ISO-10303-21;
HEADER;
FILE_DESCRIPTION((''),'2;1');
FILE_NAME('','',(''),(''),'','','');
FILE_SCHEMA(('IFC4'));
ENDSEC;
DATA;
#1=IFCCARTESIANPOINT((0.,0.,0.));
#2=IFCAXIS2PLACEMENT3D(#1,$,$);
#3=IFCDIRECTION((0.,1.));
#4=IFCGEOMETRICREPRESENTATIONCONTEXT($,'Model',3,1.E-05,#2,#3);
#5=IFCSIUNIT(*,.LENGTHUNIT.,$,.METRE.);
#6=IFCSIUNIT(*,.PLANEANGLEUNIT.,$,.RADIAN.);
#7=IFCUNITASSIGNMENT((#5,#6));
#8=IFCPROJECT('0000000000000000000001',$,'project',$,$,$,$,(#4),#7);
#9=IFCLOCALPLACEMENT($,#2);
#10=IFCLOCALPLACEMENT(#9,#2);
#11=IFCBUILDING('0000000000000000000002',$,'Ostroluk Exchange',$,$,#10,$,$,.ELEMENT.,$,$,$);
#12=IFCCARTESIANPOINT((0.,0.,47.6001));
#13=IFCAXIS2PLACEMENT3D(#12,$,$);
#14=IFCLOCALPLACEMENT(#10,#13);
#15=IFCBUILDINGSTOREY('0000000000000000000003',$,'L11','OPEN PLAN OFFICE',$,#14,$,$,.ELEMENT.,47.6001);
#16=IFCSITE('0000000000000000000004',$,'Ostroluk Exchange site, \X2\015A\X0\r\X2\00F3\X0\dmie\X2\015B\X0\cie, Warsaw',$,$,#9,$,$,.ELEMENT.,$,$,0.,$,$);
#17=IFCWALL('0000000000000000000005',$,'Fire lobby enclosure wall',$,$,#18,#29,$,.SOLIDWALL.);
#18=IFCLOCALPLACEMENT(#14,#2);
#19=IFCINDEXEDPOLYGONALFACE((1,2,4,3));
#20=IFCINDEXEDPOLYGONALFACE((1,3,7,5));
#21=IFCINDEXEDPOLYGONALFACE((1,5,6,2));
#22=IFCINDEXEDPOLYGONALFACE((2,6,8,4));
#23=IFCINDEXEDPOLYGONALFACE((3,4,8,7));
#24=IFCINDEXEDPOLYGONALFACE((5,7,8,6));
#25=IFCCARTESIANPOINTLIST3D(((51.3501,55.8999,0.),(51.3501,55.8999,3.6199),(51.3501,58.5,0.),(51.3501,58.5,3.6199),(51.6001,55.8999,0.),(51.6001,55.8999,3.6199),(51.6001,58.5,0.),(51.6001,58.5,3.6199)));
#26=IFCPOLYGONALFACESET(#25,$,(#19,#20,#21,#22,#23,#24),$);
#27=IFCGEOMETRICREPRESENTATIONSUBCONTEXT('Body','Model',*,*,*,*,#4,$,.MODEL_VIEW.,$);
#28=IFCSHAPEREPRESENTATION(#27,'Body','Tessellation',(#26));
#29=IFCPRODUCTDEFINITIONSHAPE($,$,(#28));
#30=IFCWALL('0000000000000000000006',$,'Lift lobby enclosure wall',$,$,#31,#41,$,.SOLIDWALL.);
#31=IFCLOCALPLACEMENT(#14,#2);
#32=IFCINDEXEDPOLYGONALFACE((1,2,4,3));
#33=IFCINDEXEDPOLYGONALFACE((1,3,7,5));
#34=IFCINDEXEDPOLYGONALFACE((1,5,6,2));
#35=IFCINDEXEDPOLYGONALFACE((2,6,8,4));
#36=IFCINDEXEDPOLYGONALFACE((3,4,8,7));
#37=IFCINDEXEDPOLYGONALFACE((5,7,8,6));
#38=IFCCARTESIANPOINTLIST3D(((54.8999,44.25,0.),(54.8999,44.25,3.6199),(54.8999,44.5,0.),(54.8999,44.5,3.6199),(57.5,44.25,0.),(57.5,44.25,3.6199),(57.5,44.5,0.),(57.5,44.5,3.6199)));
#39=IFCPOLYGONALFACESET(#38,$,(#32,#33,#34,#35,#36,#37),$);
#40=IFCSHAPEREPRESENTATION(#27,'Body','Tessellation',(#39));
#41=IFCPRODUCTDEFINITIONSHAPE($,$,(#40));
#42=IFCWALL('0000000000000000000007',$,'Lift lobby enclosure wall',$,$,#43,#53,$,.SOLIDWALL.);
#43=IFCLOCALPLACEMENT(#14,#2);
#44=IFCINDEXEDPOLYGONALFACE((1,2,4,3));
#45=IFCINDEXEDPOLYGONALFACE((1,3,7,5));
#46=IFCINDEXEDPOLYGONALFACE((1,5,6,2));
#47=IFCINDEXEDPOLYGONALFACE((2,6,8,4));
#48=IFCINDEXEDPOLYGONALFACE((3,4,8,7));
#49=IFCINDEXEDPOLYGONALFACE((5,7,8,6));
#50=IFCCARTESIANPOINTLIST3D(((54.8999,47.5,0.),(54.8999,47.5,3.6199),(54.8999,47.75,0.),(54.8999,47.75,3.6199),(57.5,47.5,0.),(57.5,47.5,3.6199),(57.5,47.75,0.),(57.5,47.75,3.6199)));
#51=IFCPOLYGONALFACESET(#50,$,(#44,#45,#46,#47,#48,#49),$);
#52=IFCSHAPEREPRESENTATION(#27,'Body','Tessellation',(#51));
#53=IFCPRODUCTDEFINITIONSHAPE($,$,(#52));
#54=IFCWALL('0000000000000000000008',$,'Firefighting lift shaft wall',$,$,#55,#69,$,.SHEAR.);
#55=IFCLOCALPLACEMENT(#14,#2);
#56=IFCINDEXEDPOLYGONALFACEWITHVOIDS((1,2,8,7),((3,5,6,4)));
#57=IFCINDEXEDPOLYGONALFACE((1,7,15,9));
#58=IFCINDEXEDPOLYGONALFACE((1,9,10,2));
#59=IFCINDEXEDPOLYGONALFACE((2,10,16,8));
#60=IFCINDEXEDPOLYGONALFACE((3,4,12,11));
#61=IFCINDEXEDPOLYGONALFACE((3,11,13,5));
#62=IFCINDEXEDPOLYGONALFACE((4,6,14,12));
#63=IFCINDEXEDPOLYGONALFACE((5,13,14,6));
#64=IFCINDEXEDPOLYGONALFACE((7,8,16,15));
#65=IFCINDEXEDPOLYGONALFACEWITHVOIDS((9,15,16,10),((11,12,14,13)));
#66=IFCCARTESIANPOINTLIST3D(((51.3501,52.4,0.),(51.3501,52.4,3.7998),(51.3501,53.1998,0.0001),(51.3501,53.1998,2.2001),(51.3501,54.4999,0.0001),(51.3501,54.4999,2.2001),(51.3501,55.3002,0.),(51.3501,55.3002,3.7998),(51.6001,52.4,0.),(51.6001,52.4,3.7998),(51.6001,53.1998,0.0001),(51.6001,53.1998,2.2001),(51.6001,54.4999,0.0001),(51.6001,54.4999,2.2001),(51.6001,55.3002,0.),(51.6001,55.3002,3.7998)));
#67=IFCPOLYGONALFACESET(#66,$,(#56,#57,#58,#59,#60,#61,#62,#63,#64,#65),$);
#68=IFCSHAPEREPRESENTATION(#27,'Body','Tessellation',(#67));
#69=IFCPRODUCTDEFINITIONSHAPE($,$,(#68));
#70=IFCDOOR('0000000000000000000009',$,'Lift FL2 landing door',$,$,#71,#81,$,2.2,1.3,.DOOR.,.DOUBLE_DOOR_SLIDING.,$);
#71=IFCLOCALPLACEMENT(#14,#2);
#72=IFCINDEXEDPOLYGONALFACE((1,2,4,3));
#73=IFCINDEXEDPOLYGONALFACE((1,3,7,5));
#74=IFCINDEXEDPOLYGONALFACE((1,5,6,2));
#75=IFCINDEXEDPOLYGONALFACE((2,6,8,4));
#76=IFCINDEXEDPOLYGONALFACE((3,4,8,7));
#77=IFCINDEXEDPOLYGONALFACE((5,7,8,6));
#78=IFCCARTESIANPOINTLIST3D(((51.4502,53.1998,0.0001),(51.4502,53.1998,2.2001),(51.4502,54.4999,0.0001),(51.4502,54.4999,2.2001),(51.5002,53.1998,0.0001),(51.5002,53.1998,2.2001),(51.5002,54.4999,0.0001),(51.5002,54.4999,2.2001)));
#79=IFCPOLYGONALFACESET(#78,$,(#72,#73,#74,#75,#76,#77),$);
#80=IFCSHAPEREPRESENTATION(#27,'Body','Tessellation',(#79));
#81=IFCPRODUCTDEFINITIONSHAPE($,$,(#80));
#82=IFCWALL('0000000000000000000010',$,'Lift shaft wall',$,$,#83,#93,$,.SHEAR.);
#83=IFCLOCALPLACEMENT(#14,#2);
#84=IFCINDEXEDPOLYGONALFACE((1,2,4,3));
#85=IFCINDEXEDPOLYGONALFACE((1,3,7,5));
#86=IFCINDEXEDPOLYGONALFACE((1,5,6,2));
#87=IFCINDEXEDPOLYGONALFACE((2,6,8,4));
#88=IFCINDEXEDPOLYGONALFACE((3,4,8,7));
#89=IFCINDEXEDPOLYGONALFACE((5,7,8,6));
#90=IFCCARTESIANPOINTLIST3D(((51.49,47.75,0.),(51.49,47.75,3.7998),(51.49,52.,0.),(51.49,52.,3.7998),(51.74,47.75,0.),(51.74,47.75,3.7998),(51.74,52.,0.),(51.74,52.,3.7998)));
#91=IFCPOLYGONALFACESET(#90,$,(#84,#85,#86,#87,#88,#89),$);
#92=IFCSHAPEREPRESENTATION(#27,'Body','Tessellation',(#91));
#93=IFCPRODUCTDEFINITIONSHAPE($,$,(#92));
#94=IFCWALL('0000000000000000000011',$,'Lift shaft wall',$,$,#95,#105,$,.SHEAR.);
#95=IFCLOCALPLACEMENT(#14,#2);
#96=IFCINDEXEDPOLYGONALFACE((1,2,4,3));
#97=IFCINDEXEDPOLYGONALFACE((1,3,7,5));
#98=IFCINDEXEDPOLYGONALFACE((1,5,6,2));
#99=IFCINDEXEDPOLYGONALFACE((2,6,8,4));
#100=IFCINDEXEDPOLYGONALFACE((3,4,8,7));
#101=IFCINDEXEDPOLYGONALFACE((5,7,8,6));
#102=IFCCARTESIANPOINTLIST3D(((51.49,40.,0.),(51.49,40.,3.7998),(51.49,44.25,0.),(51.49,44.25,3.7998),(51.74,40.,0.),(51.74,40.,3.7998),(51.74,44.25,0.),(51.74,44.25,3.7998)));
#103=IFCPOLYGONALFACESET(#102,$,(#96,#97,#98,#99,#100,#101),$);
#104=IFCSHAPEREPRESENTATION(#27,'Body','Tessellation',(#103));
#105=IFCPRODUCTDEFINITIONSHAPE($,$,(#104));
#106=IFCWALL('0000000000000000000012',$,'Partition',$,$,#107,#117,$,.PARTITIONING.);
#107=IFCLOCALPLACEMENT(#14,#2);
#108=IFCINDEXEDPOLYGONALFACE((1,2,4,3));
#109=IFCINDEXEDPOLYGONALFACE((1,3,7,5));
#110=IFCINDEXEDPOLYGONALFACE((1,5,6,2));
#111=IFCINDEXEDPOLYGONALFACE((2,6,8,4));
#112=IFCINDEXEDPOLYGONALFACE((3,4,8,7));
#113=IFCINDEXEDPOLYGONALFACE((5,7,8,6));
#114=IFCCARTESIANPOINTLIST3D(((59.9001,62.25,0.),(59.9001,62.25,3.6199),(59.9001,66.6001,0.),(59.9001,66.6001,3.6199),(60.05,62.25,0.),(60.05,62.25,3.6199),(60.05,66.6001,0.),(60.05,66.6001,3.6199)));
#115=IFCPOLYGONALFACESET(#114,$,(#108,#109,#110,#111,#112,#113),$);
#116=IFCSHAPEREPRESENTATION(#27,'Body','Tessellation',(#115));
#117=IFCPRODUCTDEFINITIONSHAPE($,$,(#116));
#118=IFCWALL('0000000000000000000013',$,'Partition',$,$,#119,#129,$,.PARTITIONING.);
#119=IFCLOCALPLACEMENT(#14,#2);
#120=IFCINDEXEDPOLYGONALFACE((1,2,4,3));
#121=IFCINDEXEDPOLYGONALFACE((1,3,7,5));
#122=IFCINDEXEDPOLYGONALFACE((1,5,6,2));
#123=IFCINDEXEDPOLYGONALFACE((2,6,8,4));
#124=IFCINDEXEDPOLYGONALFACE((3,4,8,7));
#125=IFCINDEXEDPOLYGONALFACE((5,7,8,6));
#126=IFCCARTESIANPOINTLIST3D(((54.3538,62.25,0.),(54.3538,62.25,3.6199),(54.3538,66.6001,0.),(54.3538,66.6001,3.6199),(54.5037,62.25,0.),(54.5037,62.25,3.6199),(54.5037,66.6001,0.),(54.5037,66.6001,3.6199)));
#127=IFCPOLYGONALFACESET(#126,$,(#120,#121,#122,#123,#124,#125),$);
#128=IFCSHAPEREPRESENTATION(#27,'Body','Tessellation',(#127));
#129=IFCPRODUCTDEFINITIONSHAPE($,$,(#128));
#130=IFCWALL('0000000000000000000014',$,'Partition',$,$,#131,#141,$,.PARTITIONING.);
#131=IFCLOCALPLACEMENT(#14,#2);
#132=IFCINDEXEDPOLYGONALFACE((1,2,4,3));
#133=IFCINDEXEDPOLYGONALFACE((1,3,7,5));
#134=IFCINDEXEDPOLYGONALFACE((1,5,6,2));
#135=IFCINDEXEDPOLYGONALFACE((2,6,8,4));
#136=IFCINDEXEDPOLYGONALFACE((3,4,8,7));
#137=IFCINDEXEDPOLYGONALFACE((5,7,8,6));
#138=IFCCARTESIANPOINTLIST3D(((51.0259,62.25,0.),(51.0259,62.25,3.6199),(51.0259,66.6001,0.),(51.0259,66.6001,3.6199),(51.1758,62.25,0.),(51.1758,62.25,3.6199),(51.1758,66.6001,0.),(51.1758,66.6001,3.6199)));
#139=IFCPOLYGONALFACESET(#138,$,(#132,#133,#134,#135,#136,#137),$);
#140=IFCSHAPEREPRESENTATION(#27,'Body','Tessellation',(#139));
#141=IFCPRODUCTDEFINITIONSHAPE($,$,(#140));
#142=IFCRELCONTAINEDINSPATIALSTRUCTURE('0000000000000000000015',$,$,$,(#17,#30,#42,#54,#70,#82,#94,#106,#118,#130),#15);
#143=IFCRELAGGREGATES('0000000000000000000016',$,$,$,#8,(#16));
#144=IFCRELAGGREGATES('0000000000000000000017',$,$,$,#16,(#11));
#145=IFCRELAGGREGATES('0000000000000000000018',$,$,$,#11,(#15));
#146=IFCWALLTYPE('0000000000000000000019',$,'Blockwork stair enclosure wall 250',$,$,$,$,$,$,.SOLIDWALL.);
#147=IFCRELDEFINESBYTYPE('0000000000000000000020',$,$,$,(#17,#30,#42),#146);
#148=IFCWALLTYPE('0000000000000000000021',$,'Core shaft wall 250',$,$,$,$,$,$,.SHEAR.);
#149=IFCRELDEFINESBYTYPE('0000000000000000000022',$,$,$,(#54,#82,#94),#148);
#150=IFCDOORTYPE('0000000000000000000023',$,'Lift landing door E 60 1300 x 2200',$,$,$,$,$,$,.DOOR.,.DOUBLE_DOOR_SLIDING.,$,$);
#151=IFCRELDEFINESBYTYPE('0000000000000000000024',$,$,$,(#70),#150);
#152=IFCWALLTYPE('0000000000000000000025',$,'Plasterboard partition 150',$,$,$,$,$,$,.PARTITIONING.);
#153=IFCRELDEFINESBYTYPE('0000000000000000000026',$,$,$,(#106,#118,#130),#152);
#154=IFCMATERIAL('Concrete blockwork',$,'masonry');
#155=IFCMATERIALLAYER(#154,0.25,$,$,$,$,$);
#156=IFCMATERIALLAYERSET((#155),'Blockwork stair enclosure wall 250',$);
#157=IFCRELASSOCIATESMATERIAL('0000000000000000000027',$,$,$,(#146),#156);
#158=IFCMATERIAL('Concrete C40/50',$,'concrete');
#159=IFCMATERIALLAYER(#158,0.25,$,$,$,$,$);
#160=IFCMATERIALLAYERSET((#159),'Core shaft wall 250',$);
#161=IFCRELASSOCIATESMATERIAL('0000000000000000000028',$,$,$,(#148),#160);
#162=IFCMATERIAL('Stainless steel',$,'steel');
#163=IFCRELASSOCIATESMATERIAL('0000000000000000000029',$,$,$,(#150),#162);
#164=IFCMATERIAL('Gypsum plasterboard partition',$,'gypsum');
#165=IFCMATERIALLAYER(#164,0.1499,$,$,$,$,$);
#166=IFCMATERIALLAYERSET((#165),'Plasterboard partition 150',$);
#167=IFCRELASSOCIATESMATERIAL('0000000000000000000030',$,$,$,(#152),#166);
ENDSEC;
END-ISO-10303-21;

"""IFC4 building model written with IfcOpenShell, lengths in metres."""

from ifc_helpers import new_model, si_unit, direction, frame, frame_2d, origin, place, context, subcontext, project, spatial, rectangle, extrude, material, layer, layer_set, type_object, element, fill, save


model = new_model("IFC4")

# Units and contexts
model_context = context("Model", 3, precision=1e-05, world=origin(), true_north=direction((0.0, 1.0)))
body_context = subcontext(model_context, "Body", "Model", "MODEL_VIEW")
ifc_project = project(units=[si_unit("LENGTHUNIT", "METRE"), si_unit("PLANEANGLEUNIT", "RADIAN")], contexts=[model_context])

# Site, building, storey
site_placement = place(None, origin())
site = spatial("IfcSite", under=ifc_project, at=site_placement, Name="Ostroluk Exchange site, Śródmieście, Warsaw", CompositionType="ELEMENT", RefElevation=0.0)
building_placement = place(site_placement, origin())
building = spatial("IfcBuilding", under=site, at=building_placement, Name="Ostroluk Exchange", CompositionType="ELEMENT")
storey_placement = place(building_placement, frame((0.0, 0.0, 47.6001)))
storey = spatial("IfcBuildingStorey", under=building, at=storey_placement, Name="L11", Description="OPEN PLAN OFFICE", CompositionType="ELEMENT", Elevation=47.6001)

# Walls
ifc_material_1 = material(Name="Concrete blockwork", Category="masonry")
ifc_layer_1 = layer(ifc_material_1, 0.25)
ifc_layer_set_1 = layer_set([ifc_layer_1], Name="Blockwork stair enclosure wall 250")
wall_type_1 = type_object("IfcWallType", Name="Blockwork stair enclosure wall 250", PredefinedType="SOLIDWALL", material=ifc_layer_set_1)
for number, where, z_axis, x_axis, name in (
    (1, (51.4751, 55.8999, 0.0), (0.0, 0.0, 1.0), (0.0, 1.0, 0.0), "Fire lobby enclosure wall"),
    (2, (54.8999, 44.375, 0.0), (0.0, 0.0, 1.0), (1.0, 0.0, 0.0), "Lift lobby enclosure wall"),
    (3, (54.8999, 47.625, 0.0), (0.0, 0.0, 1.0), (1.0, 0.0, 0.0), "Lift lobby enclosure wall"),
):
    element("IfcWall", number, at=place(storey_placement, frame(where, z_axis=z_axis, x_axis=x_axis)), inside=storey, type_object=wall_type_1, Name=name, PredefinedType="SOLIDWALL", context=body_context, shape_type="SweptSolid", body=[
        extrude(rectangle(XDim=2.6001, YDim=0.25, at=frame_2d((1.3, 0.0))), origin(), (0.0, 0.0, 1.0), 3.6199),
    ])

# Wall, opening, door
ifc_material_2 = material(Name="Concrete C40/50", Category="concrete")
ifc_layer_2 = layer(ifc_material_2, 0.25)
ifc_layer_set_2 = layer_set([ifc_layer_2], Name="Core shaft wall 250")
wall_type_2 = type_object("IfcWallType", Name="Core shaft wall 250", PredefinedType="SHEAR", material=ifc_layer_set_2)
wall_1_placement = place(storey_placement, frame((51.4751, 52.3999, 0.0), z_axis=(0.0, 0.0, 1.0), x_axis=(0.0, 1.0, 0.0)))
wall_1 = element("IfcWall", 4, at=wall_1_placement, inside=storey, type_object=wall_type_2, Name="Firefighting lift shaft wall", PredefinedType="SHEAR", context=body_context, shape_type="SweptSolid", body=[
    extrude(rectangle(XDim=2.9001, YDim=0.25, at=frame_2d((1.4502, 0.0))), origin(), (0.0, 0.0, 1.0), 3.7998),
])
opening_1_placement = place(wall_1_placement, frame((0.8, 0.0, 0.0)))
opening_1 = element("IfcOpeningElement", 5, at=opening_1_placement, cuts=wall_1, PredefinedType="OPENING", context=body_context, shape_type="SweptSolid", body=[
    extrude(rectangle(XDim=1.3, YDim=2.2, at=frame_2d((0.6499, 1.1001))), frame((0.0, 0.135, 0.0), z_axis=(0.0, -1.0, 0.0), x_axis=(1.0, 0.0, 0.0)), (0.0, 0.0, 1.0), 0.27),
])
ifc_material_3 = material(Name="Stainless steel", Category="steel")
door_type_1 = type_object("IfcDoorType", Name="Lift landing door E 60 1300 x 2200", OperationType="DOUBLE_DOOR_SLIDING", PredefinedType="DOOR", material=ifc_material_3)
door_1_placement = place(opening_1_placement, origin())
door_1 = element("IfcDoor", 6, at=door_1_placement, inside=storey, type_object=door_type_1, Name="Lift FL2 landing door", OperationType="DOUBLE_DOOR_SLIDING", OverallHeight=2.2, OverallWidth=1.3, PredefinedType="DOOR", context=body_context, shape_type="SweptSolid", body=[
    extrude(rectangle(XDim=1.3, YDim=2.2, at=frame_2d((0.6499, 1.1001))), frame((0.0, 0.0249, 0.0), z_axis=(0.0, -1.0, 0.0), x_axis=(1.0, 0.0, 0.0)), (0.0, 0.0, 1.0), 0.05),
])
fill(opening_1, door_1)

# Walls
for number, where, z_axis, x_axis, name in (
    (7, (51.615, 47.75, 0.0), (0.0, 0.0, 1.0), (0.0, 1.0, 0.0), "Lift shaft wall"),
    (8, (51.615, 44.25, 0.0), (0.0, 0.0, 1.0), (0.0, -1.0, 0.0), "Lift shaft wall"),
):
    element("IfcWall", number, at=place(storey_placement, frame(where, z_axis=z_axis, x_axis=x_axis)), inside=storey, type_object=wall_type_2, Name=name, PredefinedType="SHEAR", context=body_context, shape_type="SweptSolid", body=[
        extrude(rectangle(XDim=4.25, YDim=0.25, at=frame_2d((2.125, 0.0))), origin(), (0.0, 0.0, 1.0), 3.7998),
    ])
ifc_material_4 = material(Name="Gypsum plasterboard partition", Category="gypsum")
ifc_layer_3 = layer(ifc_material_4, 0.1499)
ifc_layer_set_3 = layer_set([ifc_layer_3], Name="Plasterboard partition 150")
wall_type_3 = type_object("IfcWallType", Name="Plasterboard partition 150", PredefinedType="PARTITIONING", material=ifc_layer_set_3)
for number, where, z_axis, x_axis, name in (
    (9, (59.9751, 62.25, 0.0), (0.0, 0.0, 1.0), (0.0, 1.0, 0.0), "Partition"),
    (10, (54.4287, 62.25, 0.0), (0.0, 0.0, 1.0), (0.0, 1.0, 0.0), "Partition"),
    (11, (51.1008, 62.25, 0.0), (0.0, 0.0, 1.0), (0.0, 1.0, 0.0), "Partition"),
):
    element("IfcWall", number, at=place(storey_placement, frame(where, z_axis=z_axis, x_axis=x_axis)), inside=storey, type_object=wall_type_3, Name=name, PredefinedType="PARTITIONING", context=body_context, shape_type="SweptSolid", body=[
        extrude(rectangle(XDim=4.3501, YDim=0.1499, at=frame_2d((2.175, 0.0))), origin(), (0.0, 0.0, 1.0), 3.6199),
    ])

save(model, "model.ifc")
